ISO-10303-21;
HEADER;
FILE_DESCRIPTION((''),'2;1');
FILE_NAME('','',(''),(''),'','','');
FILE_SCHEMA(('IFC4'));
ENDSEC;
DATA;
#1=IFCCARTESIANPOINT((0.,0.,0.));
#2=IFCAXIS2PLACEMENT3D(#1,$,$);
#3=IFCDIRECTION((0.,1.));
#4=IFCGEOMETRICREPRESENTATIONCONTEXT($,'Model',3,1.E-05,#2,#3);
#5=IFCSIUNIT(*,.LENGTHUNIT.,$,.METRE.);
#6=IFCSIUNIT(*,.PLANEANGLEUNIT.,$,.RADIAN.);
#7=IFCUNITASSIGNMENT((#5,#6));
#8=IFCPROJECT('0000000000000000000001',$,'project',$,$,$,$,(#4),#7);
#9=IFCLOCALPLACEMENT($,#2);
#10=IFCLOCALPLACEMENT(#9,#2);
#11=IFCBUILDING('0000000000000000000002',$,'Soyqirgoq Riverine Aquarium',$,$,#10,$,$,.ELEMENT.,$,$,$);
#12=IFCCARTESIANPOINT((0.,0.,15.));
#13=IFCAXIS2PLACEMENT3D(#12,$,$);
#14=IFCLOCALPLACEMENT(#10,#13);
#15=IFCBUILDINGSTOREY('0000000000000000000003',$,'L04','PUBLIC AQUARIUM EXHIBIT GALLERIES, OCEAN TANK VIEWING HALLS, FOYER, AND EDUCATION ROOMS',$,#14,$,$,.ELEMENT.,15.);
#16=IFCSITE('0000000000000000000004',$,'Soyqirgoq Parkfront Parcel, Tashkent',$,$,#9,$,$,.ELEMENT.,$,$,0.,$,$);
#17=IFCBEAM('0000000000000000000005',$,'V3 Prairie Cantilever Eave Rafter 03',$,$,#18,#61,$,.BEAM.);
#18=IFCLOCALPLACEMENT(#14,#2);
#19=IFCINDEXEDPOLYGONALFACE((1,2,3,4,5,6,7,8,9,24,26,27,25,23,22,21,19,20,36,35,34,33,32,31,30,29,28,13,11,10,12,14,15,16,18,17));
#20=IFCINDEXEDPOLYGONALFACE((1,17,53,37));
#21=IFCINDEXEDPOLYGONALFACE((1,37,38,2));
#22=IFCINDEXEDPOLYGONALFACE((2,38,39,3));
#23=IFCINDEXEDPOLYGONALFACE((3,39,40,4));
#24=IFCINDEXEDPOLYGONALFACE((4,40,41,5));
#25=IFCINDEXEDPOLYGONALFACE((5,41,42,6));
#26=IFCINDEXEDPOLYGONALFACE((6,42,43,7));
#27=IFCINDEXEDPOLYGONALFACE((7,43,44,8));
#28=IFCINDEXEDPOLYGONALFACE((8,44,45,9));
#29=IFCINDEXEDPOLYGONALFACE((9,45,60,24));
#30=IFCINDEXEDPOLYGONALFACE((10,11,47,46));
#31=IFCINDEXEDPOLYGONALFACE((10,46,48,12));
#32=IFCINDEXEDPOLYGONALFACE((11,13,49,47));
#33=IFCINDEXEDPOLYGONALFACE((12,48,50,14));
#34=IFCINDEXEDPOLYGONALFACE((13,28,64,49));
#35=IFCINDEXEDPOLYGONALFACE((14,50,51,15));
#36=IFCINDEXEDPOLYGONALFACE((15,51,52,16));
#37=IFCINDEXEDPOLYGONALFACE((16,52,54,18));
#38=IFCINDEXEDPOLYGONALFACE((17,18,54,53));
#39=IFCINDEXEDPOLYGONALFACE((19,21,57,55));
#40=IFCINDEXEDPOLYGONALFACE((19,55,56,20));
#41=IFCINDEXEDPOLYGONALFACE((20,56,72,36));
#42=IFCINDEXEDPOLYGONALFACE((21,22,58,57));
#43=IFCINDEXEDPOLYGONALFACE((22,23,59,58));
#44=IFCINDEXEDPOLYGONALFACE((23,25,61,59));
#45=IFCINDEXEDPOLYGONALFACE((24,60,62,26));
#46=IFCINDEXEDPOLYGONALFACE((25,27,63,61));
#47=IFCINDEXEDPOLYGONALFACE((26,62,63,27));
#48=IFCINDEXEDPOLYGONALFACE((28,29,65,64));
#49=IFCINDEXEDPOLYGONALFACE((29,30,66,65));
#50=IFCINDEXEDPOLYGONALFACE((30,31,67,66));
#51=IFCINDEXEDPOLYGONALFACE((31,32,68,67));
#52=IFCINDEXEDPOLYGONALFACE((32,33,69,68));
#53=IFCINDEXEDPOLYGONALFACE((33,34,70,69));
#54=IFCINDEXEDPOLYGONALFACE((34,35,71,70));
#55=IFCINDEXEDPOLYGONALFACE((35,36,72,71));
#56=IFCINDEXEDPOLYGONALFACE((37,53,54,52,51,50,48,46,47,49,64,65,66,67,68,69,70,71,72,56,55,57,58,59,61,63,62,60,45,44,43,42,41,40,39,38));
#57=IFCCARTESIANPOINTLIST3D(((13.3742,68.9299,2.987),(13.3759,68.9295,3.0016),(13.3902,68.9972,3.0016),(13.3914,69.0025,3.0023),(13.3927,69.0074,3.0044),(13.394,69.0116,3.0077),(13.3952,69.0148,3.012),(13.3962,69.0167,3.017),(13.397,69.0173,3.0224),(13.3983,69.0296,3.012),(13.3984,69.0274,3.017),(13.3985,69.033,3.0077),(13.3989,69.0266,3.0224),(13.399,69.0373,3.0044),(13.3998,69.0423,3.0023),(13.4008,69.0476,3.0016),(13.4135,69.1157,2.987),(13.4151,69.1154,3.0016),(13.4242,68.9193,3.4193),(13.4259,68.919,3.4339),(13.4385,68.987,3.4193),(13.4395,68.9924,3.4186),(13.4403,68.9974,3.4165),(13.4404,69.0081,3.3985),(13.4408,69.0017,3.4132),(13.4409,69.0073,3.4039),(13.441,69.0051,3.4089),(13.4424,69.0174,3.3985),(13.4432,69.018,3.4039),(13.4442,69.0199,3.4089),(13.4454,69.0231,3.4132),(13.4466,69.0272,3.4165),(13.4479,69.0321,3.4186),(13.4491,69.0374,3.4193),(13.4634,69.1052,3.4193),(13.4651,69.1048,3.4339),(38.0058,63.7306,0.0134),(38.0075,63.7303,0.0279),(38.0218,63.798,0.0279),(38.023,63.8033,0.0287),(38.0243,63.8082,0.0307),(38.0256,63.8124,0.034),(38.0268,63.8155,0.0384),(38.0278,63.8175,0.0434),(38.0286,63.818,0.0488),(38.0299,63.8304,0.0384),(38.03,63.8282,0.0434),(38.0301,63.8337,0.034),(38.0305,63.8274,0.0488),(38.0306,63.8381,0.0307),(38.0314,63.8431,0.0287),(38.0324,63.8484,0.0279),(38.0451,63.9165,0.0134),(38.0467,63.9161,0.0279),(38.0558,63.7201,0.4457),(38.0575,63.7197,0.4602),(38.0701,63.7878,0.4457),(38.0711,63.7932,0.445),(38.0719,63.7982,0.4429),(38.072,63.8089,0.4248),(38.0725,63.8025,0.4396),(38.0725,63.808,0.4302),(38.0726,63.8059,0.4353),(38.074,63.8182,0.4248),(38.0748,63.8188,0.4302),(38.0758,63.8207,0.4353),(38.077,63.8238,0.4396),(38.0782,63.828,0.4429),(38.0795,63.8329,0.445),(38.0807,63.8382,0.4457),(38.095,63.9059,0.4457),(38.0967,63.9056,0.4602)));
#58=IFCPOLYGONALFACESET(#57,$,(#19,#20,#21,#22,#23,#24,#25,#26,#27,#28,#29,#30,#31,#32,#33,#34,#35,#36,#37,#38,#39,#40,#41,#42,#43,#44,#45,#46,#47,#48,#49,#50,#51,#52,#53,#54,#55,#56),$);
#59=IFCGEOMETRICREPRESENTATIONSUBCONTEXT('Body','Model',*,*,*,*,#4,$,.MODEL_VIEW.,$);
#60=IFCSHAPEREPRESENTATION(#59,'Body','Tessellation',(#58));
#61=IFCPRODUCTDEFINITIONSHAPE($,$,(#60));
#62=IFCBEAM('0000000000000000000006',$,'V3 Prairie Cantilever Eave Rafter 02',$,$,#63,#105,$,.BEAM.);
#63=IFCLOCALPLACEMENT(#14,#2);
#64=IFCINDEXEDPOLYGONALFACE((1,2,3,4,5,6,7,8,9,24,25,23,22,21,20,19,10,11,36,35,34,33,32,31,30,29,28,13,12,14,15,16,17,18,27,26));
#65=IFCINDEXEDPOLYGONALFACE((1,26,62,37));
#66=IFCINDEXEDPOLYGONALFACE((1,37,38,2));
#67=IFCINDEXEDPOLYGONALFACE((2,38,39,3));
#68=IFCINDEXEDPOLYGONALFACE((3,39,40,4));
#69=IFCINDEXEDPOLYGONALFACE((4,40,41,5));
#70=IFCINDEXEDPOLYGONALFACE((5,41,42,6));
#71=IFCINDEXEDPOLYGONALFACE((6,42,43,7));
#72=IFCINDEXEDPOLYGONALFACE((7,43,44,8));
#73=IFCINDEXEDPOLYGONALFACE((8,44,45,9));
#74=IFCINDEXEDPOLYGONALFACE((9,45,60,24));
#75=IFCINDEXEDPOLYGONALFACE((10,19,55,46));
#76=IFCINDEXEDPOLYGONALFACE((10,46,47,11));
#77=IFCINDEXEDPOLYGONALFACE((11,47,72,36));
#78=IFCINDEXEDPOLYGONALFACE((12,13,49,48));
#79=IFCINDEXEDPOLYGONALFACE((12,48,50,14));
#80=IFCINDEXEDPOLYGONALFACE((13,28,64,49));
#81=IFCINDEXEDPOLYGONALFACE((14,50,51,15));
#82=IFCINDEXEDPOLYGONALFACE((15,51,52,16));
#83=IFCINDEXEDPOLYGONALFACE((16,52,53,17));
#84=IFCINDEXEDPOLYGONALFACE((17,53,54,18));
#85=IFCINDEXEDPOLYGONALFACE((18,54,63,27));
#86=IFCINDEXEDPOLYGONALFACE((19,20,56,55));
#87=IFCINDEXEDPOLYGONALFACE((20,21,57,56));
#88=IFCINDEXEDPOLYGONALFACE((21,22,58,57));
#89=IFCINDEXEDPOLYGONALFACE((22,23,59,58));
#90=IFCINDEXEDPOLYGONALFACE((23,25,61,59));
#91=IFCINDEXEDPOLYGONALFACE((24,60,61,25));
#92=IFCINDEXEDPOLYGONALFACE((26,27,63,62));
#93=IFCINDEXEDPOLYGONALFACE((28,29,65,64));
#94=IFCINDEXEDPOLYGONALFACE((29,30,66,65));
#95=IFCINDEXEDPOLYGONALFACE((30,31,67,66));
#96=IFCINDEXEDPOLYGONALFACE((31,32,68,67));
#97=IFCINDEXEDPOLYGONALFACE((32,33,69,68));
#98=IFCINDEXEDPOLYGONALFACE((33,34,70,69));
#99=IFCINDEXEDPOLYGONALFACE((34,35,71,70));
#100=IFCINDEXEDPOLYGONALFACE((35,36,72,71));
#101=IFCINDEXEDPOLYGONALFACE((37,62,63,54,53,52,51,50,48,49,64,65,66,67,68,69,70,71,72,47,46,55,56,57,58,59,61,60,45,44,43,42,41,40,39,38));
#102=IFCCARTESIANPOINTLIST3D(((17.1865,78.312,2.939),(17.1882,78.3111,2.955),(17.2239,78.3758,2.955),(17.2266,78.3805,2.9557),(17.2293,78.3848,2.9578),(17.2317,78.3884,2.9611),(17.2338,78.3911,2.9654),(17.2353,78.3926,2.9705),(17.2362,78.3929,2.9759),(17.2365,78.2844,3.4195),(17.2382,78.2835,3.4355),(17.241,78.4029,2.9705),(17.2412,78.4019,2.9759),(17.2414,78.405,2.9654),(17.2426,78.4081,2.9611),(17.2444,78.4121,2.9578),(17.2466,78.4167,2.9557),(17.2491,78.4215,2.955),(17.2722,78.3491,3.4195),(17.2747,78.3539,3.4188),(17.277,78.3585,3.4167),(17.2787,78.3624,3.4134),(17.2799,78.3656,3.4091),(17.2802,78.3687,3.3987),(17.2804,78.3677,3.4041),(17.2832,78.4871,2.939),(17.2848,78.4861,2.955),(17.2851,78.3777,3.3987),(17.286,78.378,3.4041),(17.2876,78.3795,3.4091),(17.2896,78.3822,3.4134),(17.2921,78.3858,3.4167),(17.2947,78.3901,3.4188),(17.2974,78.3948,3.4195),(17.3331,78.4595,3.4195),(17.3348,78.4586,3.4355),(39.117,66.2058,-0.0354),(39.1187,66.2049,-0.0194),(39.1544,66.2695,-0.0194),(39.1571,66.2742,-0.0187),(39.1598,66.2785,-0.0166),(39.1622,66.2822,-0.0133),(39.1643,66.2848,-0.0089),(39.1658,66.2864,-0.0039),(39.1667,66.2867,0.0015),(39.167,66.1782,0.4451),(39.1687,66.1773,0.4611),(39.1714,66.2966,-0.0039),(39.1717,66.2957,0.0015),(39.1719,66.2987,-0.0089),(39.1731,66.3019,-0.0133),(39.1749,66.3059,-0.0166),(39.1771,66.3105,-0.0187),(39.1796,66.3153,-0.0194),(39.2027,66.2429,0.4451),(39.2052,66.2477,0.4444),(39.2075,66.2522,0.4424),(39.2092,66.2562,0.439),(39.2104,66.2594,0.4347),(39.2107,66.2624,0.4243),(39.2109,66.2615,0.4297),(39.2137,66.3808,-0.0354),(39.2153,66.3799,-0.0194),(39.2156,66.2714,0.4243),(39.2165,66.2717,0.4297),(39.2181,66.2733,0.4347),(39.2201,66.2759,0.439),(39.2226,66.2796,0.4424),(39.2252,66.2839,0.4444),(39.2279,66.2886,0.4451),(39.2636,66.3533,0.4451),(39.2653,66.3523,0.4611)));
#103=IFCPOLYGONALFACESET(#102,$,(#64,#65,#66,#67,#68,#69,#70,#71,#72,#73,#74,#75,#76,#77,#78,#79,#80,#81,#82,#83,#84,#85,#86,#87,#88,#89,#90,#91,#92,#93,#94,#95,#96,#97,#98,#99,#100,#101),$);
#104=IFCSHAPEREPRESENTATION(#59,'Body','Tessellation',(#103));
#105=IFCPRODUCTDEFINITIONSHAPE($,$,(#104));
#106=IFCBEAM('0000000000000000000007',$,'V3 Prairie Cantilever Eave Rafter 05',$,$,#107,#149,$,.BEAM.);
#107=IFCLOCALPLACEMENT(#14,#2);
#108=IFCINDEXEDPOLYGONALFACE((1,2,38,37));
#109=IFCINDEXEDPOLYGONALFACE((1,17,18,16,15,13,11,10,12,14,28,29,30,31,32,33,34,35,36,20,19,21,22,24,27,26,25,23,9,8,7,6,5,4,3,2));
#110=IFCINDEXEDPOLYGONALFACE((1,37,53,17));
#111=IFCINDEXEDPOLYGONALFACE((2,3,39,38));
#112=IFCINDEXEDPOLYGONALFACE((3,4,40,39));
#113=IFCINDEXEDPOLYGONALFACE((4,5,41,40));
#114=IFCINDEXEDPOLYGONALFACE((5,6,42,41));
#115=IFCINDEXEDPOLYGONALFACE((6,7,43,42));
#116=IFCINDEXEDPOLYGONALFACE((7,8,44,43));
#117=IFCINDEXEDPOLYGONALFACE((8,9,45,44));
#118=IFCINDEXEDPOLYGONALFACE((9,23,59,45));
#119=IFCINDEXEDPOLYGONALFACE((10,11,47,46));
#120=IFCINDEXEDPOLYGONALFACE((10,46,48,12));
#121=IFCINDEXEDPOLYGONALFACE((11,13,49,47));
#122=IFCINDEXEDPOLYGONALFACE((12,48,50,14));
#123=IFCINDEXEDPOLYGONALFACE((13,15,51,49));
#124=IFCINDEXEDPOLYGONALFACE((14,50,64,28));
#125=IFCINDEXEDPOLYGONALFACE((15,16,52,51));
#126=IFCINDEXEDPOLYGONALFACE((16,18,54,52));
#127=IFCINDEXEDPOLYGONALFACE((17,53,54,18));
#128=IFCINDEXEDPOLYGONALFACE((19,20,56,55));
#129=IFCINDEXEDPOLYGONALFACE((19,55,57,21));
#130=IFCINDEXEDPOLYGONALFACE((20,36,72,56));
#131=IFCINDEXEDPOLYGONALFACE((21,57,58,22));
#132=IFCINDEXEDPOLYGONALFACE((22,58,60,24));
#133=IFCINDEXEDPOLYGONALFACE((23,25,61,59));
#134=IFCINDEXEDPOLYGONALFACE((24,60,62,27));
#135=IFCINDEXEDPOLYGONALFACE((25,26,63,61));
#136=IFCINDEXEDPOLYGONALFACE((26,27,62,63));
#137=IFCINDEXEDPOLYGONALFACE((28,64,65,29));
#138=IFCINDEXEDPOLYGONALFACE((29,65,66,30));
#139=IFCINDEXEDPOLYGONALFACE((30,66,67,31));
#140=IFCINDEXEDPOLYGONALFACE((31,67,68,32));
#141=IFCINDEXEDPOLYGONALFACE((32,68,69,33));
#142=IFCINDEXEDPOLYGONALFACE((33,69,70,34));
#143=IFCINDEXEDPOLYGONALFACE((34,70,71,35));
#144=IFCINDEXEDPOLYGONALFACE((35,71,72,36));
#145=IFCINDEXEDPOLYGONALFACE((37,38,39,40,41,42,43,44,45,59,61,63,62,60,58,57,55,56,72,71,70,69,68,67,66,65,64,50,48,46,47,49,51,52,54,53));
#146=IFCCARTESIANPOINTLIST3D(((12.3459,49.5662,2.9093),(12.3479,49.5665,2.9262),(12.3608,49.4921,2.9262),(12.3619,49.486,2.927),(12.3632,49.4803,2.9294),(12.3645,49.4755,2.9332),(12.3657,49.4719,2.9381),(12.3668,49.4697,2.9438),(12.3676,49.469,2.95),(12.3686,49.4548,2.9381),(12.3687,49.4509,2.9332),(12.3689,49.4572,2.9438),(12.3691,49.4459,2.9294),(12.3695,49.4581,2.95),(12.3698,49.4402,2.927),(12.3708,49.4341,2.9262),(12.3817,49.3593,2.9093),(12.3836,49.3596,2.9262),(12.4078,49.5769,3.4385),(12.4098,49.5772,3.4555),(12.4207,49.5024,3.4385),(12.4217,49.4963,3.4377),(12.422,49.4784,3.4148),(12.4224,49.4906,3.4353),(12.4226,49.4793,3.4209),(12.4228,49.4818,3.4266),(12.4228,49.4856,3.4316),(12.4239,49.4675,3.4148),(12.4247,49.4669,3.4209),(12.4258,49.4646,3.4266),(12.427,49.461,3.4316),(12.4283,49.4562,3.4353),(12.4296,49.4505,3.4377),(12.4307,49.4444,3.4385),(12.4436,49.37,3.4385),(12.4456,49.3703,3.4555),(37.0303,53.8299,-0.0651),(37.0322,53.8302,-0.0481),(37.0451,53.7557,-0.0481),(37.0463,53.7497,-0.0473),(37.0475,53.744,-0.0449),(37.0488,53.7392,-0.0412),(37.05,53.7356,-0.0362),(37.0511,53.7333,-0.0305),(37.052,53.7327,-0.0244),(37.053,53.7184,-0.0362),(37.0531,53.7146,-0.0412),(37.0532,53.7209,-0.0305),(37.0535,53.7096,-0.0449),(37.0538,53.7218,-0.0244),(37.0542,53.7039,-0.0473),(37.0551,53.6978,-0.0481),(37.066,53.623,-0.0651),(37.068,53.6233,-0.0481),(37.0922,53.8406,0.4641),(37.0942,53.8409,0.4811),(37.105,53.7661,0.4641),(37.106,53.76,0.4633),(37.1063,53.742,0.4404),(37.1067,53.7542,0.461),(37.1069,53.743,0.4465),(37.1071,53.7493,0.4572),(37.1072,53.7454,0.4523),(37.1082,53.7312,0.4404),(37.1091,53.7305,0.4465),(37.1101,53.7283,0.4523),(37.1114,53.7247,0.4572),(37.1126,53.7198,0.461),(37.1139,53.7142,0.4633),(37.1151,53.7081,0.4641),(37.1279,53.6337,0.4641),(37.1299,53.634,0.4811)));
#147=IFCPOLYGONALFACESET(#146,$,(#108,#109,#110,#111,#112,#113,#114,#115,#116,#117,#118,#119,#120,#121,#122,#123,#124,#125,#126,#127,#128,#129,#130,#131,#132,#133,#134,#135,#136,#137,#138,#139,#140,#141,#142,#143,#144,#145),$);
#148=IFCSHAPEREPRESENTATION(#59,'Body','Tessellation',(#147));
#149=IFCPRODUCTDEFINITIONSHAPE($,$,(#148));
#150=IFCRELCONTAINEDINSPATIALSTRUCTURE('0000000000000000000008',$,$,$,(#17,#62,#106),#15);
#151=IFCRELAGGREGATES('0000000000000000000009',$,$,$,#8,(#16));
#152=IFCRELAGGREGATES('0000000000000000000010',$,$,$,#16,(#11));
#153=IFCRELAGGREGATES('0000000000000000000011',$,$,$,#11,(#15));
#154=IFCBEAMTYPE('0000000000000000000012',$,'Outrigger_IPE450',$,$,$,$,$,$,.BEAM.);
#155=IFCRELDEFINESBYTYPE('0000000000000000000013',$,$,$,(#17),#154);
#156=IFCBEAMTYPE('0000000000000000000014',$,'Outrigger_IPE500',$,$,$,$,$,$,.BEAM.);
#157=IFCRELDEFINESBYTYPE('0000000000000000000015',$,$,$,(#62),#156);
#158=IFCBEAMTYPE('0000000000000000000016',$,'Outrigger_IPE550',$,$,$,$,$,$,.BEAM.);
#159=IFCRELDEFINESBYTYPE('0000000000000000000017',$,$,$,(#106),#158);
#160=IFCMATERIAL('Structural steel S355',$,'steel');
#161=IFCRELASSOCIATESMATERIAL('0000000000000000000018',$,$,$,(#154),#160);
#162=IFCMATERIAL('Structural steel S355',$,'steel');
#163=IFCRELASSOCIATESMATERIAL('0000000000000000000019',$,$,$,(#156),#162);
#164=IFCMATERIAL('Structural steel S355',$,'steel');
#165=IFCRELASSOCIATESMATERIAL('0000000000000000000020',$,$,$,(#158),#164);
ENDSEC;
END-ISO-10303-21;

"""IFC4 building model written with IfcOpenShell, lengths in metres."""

from ifc_helpers import new_model, si_unit, direction, frame, origin, origin_2d, place, context, subcontext, project, spatial, i_section, extrude, material, material_profile, profile_set, type_object, element, save


model = new_model("IFC4")

# Units and contexts
model_context = context("Model", 3, precision=1e-05, world=origin(), true_north=direction((0.0, 1.0)))
body_context = subcontext(model_context, "Body", "Model", "MODEL_VIEW")
ifc_project = project(units=[si_unit("LENGTHUNIT", "METRE"), si_unit("PLANEANGLEUNIT", "RADIAN")], contexts=[model_context])

# Site, building, storey
site_placement = place(None, origin())
site = spatial("IfcSite", under=ifc_project, at=site_placement, Name="Soyqirgoq Parkfront Parcel, Tashkent", CompositionType="ELEMENT", RefElevation=0.0)
building_placement = place(site_placement, origin())
building = spatial("IfcBuilding", under=site, at=building_placement, Name="Soyqirgoq Riverine Aquarium", CompositionType="ELEMENT")
storey_placement = place(building_placement, frame((0.0, 0.0, 15.0)))
storey = spatial("IfcBuildingStorey", under=building, at=storey_placement, Name="L04", Description="PUBLIC AQUARIUM EXHIBIT GALLERIES, OCEAN TANK VIEWING HALLS, FOYER, AND EDUCATION ROOMS", CompositionType="ELEMENT", Elevation=15.0)

# Beams
ifc_material_1 = material(Name="Structural steel S355", Category="steel")
ifc_material_profile_1 = material_profile(ifc_material_1, i_section(OverallWidth=0.1899, OverallDepth=0.45, WebThickness=0.0095, FlangeThickness=0.0146, FilletRadius=0.021, at=origin_2d()), Name="IPE 450")
ifc_profile_set_1 = profile_set([ifc_material_profile_1], Name="Structural steel S355")
beam_type_1 = type_object("IfcBeamType", Name="Outrigger_IPE450", PredefinedType="BEAM", material=ifc_profile_set_1)
beam_1_placement = place(storey_placement, frame((38.0513, 63.8181, 0.2368), z_axis=(-0.971685, 0.205103, 0.117306), x_axis=(-0.206529, -0.978441, 0.0)))
element("IfcBeam", 1, at=beam_1_placement, inside=storey, type_object=beam_type_1, Name="V3 Prairie Cantilever Eave Rafter 03", PredefinedType="BEAM", context=body_context, shape_type="SweptSolid", body=[
    extrude(i_section(OverallWidth=0.1899, OverallDepth=0.45, WebThickness=0.0095, FlangeThickness=0.0146, FilletRadius=0.021, at=origin_2d()), origin(), (0.0, 0.0, 1.0), 25.3494),
])
ifc_material_2 = material(Name="Structural steel S355", Category="steel")
ifc_material_profile_2 = material_profile(ifc_material_2, i_section(OverallWidth=0.2, OverallDepth=0.5, WebThickness=0.0103, FlangeThickness=0.0161, FilletRadius=0.021, at=origin_2d()), Name="IPE 500")
ifc_profile_set_2 = profile_set([ifc_material_profile_2], Name="Structural steel S355")
beam_type_2 = type_object("IfcBeamType", Name="Outrigger_IPE500", PredefinedType="BEAM", material=ifc_profile_set_2)
beam_2_placement = place(storey_placement, frame((39.1912, 66.2791, 0.2129), z_axis=(-0.869358, 0.47991, 0.117909), x_axis=(-0.483281, -0.875465, 0.0)))
element("IfcBeam", 2, at=beam_2_placement, inside=storey, type_object=beam_type_2, Name="V3 Prairie Cantilever Eave Rafter 02", PredefinedType="BEAM", context=body_context, shape_type="SweptSolid", body=[
    extrude(i_section(OverallWidth=0.2, OverallDepth=0.5, WebThickness=0.0103, FlangeThickness=0.0161, FilletRadius=0.021, at=origin_2d()), origin(), (0.0, 0.0, 1.0), 25.2261),
])
ifc_material_3 = material(Name="Structural steel S355", Category="steel")
ifc_material_profile_3 = material_profile(ifc_material_3, i_section(OverallWidth=0.21, OverallDepth=0.55, WebThickness=0.011, FlangeThickness=0.0171, FilletRadius=0.0239, at=origin_2d()), Name="IPE 550")
ifc_profile_set_3 = profile_set([ifc_material_profile_3], Name="Structural steel S355")
beam_type_3 = type_object("IfcBeamType", Name="Outrigger_IPE550", PredefinedType="BEAM", material=ifc_profile_set_3)
beam_3_placement = place(storey_placement, frame((37.0801, 53.7319, 0.208), z_axis=(-0.978534, -0.16902, 0.11791), x_axis=(0.170207, -0.985408, 0.0)))
element("IfcBeam", 3, at=beam_3_placement, inside=storey, type_object=beam_type_3, Name="V3 Prairie Cantilever Eave Rafter 05", PredefinedType="BEAM", context=body_context, shape_type="SweptSolid", body=[
    extrude(i_section(OverallWidth=0.21, OverallDepth=0.55, WebThickness=0.011, FlangeThickness=0.0171, FilletRadius=0.0239, at=origin_2d()), origin(), (0.0, 0.0, 1.0), 25.2258),
])

save(model, "model.ifc")
